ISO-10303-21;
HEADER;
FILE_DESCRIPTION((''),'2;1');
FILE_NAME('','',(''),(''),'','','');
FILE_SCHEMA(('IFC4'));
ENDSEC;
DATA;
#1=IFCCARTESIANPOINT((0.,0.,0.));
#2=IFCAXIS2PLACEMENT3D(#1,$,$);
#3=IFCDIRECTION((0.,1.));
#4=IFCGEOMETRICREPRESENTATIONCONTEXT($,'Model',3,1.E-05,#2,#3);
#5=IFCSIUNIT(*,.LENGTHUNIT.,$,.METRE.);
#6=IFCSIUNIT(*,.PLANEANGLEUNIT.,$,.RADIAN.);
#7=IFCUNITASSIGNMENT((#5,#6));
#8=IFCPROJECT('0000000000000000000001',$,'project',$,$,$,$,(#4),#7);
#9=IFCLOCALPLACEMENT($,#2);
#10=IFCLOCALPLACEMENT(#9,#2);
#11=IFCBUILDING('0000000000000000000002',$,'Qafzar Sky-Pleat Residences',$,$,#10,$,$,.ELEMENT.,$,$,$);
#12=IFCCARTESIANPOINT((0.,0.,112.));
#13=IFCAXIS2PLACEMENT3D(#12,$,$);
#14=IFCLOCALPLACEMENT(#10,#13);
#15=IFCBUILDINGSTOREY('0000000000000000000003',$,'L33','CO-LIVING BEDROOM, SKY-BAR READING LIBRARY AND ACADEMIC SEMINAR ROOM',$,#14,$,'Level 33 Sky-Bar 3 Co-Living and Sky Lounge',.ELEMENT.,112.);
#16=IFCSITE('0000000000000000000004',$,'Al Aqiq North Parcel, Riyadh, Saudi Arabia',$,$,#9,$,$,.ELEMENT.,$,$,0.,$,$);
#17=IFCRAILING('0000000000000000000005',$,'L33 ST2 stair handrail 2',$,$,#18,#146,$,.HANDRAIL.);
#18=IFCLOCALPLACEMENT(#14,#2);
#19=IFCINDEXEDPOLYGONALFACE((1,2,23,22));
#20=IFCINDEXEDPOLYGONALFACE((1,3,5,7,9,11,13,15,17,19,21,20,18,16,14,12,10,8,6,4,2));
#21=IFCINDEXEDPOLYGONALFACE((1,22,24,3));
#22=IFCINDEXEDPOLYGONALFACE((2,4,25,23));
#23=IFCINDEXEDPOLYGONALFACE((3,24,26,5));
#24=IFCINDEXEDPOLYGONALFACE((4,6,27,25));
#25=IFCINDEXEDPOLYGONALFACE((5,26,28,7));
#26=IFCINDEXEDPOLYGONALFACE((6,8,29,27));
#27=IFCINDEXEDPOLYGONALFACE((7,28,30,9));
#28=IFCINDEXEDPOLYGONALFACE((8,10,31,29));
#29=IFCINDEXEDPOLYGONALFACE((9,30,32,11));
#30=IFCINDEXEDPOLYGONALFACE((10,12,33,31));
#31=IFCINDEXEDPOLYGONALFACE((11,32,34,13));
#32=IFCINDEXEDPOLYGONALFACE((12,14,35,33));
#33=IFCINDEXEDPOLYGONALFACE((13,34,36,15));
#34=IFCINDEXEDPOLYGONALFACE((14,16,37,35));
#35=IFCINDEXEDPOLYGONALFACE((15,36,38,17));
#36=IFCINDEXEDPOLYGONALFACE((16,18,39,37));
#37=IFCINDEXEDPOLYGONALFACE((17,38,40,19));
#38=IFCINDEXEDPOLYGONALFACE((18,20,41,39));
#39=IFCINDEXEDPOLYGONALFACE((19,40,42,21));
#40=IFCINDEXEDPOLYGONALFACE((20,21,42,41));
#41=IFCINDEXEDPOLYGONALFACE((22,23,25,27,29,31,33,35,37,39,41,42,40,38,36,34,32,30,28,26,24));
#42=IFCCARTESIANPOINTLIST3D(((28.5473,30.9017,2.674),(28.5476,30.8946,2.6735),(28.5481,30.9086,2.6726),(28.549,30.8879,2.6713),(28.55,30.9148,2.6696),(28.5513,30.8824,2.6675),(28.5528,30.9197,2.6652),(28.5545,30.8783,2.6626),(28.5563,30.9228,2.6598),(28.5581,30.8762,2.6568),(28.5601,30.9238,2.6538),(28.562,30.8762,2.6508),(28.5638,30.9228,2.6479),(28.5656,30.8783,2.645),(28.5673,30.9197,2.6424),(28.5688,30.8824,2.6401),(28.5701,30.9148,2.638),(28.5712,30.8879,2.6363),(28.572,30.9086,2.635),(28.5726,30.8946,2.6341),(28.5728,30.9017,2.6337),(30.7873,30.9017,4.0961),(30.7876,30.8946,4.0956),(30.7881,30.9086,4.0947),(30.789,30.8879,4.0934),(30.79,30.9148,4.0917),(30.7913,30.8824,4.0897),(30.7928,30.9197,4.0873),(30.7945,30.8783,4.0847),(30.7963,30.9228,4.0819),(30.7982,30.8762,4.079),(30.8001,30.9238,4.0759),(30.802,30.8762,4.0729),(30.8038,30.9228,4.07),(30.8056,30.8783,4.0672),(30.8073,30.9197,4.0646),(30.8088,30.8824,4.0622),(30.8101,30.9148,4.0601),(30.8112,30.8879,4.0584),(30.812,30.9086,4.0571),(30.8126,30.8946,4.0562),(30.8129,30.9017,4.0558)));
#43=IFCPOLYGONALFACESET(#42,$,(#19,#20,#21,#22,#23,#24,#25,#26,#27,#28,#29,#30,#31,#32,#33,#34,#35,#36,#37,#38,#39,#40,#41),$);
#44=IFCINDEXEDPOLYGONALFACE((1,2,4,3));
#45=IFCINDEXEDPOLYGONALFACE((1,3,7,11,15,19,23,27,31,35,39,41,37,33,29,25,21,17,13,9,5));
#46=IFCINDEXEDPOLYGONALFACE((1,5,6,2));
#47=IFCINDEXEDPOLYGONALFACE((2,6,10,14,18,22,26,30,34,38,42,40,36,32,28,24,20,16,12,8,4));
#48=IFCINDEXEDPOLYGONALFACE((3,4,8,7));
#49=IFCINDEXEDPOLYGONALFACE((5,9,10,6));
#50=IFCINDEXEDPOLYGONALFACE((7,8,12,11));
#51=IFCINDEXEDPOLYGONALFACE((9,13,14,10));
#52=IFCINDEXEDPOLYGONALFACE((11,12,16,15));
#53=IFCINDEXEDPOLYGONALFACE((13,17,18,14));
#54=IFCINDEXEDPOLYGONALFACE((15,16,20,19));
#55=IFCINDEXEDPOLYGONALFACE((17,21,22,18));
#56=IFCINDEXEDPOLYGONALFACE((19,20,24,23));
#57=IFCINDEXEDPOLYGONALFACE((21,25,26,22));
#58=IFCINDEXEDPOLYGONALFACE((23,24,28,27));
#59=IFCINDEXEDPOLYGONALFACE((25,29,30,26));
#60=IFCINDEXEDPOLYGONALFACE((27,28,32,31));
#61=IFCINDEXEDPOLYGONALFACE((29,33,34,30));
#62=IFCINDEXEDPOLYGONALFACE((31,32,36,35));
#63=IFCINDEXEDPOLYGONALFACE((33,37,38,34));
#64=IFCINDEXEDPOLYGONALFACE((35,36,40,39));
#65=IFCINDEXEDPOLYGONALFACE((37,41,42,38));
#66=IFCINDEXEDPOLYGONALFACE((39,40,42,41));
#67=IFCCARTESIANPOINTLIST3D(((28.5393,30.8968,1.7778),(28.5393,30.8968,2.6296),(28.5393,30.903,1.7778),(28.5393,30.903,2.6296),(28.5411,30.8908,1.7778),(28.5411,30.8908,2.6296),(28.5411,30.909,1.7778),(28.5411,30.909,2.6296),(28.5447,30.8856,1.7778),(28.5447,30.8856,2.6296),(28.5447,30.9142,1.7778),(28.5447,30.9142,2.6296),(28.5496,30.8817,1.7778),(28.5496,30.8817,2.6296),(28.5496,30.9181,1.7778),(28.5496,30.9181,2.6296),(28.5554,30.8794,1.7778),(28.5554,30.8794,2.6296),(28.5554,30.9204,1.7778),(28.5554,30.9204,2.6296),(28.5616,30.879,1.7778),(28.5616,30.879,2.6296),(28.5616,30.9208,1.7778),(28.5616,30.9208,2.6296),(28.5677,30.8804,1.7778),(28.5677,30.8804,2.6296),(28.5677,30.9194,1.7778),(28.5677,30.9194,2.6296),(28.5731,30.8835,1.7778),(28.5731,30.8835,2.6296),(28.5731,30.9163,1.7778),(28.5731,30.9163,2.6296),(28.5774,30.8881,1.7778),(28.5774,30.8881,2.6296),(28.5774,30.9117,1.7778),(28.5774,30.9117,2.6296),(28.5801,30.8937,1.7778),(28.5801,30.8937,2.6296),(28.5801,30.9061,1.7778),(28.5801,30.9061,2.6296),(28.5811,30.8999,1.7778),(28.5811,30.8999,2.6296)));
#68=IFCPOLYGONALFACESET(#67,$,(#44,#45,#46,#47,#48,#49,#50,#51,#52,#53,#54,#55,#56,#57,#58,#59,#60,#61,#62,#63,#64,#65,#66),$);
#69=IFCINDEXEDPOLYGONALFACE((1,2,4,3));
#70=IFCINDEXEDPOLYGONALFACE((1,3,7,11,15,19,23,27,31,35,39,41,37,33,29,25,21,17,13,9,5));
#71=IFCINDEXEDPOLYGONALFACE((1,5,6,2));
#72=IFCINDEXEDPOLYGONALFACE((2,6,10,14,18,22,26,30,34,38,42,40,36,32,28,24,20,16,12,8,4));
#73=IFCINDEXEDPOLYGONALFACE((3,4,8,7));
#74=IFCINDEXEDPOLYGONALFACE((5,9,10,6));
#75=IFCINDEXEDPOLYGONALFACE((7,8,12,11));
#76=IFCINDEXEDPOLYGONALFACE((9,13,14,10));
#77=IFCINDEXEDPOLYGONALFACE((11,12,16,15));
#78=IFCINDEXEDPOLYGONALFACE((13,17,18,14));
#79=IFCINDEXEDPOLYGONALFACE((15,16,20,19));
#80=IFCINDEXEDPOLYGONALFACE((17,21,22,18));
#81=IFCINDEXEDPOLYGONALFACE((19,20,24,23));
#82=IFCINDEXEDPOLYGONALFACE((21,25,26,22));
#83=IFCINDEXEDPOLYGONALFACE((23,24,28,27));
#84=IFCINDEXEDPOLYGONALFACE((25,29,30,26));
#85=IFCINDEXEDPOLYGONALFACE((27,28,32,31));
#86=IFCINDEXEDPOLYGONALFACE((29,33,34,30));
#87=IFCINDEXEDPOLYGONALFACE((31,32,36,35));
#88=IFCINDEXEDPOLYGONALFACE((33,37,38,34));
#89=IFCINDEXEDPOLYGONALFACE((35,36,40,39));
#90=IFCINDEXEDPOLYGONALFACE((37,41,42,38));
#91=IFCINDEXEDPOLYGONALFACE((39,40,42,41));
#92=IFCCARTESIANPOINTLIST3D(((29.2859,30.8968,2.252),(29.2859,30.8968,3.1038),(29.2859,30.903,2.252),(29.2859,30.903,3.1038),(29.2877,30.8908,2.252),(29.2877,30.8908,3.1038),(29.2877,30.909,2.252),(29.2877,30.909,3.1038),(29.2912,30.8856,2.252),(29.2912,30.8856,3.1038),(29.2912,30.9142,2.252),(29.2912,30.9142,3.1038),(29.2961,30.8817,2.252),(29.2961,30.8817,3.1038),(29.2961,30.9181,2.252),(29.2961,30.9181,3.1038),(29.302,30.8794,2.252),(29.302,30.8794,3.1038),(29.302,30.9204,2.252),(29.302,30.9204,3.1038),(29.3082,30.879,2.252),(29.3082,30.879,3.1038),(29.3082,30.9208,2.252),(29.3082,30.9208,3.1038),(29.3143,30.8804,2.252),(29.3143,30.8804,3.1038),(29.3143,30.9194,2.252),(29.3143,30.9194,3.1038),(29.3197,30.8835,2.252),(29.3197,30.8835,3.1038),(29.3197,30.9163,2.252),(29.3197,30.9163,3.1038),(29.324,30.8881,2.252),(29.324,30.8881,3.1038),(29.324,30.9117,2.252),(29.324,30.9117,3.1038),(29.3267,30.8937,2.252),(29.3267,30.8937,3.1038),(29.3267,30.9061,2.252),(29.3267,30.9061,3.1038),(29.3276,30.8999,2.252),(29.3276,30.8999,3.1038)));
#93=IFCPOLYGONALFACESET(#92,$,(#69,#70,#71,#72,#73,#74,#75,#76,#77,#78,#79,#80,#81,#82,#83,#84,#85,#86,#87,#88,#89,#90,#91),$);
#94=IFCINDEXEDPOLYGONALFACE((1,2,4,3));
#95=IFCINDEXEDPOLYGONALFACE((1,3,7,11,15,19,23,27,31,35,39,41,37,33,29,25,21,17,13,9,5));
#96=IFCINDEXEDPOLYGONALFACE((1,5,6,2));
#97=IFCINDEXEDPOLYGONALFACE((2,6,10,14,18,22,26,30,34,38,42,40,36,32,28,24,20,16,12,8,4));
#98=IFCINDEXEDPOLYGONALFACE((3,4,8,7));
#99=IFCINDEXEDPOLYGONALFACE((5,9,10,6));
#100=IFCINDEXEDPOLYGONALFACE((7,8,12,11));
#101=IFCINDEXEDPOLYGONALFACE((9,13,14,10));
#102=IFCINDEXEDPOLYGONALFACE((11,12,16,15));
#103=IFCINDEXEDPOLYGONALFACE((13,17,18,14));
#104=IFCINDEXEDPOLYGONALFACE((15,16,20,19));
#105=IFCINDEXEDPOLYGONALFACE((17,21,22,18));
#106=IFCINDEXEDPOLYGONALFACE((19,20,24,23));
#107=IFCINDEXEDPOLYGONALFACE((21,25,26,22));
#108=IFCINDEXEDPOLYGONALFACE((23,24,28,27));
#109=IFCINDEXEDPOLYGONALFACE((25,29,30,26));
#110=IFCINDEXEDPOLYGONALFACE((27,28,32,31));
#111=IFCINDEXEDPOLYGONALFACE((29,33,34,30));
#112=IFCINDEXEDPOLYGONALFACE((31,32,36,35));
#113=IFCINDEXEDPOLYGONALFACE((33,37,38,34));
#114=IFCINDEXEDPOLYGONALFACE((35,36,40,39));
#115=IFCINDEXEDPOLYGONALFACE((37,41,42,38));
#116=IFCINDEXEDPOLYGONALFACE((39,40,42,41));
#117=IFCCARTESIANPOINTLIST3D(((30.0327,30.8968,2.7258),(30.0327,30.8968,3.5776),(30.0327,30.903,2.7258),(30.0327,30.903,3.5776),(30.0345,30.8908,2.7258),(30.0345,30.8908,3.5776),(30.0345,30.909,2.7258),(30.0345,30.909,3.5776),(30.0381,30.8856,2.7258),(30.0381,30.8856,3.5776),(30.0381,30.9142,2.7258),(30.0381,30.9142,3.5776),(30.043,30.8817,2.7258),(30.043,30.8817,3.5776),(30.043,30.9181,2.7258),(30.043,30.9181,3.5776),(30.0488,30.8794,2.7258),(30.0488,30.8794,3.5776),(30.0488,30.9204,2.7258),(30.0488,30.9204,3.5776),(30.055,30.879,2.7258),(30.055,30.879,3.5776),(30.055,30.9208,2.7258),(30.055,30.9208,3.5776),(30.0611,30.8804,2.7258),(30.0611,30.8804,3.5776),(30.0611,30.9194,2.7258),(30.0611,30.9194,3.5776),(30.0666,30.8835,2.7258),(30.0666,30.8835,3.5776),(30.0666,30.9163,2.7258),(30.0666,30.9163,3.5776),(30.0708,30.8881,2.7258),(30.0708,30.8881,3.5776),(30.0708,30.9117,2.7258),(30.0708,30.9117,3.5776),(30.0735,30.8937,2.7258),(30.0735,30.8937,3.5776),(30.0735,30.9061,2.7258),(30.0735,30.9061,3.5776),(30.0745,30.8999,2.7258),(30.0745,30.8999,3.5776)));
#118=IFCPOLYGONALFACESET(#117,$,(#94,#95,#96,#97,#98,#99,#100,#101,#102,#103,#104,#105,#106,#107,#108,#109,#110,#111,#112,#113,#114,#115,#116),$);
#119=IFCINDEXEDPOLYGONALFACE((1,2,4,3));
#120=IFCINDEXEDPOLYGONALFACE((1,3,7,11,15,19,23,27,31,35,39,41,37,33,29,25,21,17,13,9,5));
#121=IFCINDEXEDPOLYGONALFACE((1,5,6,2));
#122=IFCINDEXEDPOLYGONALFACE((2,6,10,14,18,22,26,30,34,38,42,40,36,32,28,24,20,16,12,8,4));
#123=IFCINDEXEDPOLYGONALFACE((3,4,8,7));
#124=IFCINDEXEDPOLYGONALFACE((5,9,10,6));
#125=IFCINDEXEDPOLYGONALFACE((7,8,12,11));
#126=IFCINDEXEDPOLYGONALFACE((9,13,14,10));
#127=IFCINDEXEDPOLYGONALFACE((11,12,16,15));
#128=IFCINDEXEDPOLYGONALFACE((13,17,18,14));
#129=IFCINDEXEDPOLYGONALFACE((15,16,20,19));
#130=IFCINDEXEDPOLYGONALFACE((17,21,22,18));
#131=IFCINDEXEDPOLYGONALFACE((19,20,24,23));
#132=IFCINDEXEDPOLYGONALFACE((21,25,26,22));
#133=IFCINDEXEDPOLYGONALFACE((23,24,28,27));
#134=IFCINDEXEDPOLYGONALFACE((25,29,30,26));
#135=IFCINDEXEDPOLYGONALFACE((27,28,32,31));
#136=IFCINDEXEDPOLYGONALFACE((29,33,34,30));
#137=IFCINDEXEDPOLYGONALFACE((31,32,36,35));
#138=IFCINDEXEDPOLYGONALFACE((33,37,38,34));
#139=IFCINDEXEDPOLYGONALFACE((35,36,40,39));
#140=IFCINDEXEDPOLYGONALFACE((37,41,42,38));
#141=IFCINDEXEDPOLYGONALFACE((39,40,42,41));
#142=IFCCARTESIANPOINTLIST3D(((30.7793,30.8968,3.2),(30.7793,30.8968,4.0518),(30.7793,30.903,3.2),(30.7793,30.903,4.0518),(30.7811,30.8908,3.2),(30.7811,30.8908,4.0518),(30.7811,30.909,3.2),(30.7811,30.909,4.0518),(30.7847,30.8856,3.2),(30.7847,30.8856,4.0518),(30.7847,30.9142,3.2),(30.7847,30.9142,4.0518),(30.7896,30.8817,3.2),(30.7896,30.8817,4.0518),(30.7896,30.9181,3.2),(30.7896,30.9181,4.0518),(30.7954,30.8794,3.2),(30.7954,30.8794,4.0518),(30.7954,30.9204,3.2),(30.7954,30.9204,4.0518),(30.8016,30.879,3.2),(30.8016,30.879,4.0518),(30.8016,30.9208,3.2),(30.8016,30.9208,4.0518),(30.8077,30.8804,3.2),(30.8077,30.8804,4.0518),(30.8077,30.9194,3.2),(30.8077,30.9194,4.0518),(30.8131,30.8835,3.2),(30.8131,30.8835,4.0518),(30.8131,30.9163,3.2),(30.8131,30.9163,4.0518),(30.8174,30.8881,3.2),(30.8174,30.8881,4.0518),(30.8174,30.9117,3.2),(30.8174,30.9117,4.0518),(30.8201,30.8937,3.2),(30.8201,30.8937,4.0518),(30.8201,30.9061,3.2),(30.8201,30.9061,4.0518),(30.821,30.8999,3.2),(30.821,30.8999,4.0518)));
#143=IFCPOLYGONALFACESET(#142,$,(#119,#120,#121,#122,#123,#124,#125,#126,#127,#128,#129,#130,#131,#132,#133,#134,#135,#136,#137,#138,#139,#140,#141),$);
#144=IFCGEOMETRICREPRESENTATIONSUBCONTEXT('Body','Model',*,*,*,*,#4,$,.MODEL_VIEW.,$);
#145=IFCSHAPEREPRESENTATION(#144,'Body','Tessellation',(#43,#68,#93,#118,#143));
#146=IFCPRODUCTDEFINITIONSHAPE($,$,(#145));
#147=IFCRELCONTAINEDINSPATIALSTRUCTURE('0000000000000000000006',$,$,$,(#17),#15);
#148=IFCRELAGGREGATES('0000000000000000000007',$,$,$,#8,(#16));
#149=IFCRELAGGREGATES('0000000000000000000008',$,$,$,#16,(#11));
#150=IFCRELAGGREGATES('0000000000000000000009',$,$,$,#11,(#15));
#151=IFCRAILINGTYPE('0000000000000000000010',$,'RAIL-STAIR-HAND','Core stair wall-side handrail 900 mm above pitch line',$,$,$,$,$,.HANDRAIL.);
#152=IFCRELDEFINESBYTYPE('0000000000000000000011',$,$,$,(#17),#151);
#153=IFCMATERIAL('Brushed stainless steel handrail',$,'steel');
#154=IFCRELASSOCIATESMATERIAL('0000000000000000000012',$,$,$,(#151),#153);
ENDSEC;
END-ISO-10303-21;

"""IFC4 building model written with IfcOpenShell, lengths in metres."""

from ifc_helpers import new_model, si_unit, direction, frame, origin, origin_2d, place, context, subcontext, project, spatial, circle, extrude, source, transform, mapped, material, type_object, element, save


model = new_model("IFC4")

# Units and contexts
model_context = context("Model", 3, precision=1e-05, world=origin(), true_north=direction((0.0, 1.0)))
body_context = subcontext(model_context, "Body", "Model", "MODEL_VIEW")
ifc_project = project(units=[si_unit("LENGTHUNIT", "METRE"), si_unit("PLANEANGLEUNIT", "RADIAN")], contexts=[model_context])

# Site, building, storey
site_placement = place(None, origin())
site = spatial("IfcSite", under=ifc_project, at=site_placement, Name="Al Aqiq North Parcel, Riyadh, Saudi Arabia", CompositionType="ELEMENT", RefElevation=0.0)
building_placement = place(site_placement, origin())
building = spatial("IfcBuilding", under=site, at=building_placement, Name="Qafzar Sky-Pleat Residences", CompositionType="ELEMENT")
storey_placement = place(building_placement, frame((0.0, 0.0, 112.0)))
storey = spatial("IfcBuildingStorey", under=building, at=storey_placement, Name="L33", Description="CO-LIVING BEDROOM, SKY-BAR READING LIBRARY AND ACADEMIC SEMINAR ROOM", LongName="Level 33 Sky-Bar 3 Co-Living and Sky Lounge", CompositionType="ELEMENT", Elevation=112.0)

# Railing
ifc_material_1 = material(Name="Brushed stainless steel handrail", Category="steel")
railing_type_1 = type_object("IfcRailingType", Name="RAIL-STAIR-HAND", Description="Core stair wall-side handrail 900 mm above pitch line", PredefinedType="HANDRAIL", material=ifc_material_1)
shared_shape_1 = source(origin(), body_context, "Body", "SweptSolid", [
    extrude(circle(Radius=0.0239, at=origin_2d()), frame((0.0, 0.0, 0.876), z_axis=(0.844229, 0.0, 0.535982), x_axis=(0.0, 1.0, 0.0)), (0.0, 0.0, 1.0), 2.6533),
    extrude(circle(Radius=0.021, at=origin_2d()), origin(), (0.0, 0.0, 1.0), 0.8518),
    extrude(circle(Radius=0.021, at=origin_2d()), frame((0.7466, 0.0, 0.4741)), (0.0, 0.0, 1.0), 0.8518),
    extrude(circle(Radius=0.021, at=origin_2d()), frame((1.4934, 0.0, 0.948)), (0.0, 0.0, 1.0), 0.8518),
    extrude(circle(Radius=0.021, at=origin_2d()), frame((2.24, 0.0, 1.4221)), (0.0, 0.0, 1.0), 0.8518),
])
railing_1_placement = place(storey_placement, frame((28.5601, 30.8999, 1.7778)))
element("IfcRailing", 1, at=railing_1_placement, inside=storey, type_object=railing_type_1, Name="L33 ST2 stair handrail 2", PredefinedType="HANDRAIL", context=body_context, shape_type="MappedRepresentation", body=[
    mapped(shared_shape_1, transform((0.0, 0.0, 0.0), x_axis=(1.0, 0.0, 0.0), y_axis=(0.0, 1.0, 0.0), z_axis=(0.0, 0.0, 1.0), scale=1.0)),
])

save(model, "model.ifc")
